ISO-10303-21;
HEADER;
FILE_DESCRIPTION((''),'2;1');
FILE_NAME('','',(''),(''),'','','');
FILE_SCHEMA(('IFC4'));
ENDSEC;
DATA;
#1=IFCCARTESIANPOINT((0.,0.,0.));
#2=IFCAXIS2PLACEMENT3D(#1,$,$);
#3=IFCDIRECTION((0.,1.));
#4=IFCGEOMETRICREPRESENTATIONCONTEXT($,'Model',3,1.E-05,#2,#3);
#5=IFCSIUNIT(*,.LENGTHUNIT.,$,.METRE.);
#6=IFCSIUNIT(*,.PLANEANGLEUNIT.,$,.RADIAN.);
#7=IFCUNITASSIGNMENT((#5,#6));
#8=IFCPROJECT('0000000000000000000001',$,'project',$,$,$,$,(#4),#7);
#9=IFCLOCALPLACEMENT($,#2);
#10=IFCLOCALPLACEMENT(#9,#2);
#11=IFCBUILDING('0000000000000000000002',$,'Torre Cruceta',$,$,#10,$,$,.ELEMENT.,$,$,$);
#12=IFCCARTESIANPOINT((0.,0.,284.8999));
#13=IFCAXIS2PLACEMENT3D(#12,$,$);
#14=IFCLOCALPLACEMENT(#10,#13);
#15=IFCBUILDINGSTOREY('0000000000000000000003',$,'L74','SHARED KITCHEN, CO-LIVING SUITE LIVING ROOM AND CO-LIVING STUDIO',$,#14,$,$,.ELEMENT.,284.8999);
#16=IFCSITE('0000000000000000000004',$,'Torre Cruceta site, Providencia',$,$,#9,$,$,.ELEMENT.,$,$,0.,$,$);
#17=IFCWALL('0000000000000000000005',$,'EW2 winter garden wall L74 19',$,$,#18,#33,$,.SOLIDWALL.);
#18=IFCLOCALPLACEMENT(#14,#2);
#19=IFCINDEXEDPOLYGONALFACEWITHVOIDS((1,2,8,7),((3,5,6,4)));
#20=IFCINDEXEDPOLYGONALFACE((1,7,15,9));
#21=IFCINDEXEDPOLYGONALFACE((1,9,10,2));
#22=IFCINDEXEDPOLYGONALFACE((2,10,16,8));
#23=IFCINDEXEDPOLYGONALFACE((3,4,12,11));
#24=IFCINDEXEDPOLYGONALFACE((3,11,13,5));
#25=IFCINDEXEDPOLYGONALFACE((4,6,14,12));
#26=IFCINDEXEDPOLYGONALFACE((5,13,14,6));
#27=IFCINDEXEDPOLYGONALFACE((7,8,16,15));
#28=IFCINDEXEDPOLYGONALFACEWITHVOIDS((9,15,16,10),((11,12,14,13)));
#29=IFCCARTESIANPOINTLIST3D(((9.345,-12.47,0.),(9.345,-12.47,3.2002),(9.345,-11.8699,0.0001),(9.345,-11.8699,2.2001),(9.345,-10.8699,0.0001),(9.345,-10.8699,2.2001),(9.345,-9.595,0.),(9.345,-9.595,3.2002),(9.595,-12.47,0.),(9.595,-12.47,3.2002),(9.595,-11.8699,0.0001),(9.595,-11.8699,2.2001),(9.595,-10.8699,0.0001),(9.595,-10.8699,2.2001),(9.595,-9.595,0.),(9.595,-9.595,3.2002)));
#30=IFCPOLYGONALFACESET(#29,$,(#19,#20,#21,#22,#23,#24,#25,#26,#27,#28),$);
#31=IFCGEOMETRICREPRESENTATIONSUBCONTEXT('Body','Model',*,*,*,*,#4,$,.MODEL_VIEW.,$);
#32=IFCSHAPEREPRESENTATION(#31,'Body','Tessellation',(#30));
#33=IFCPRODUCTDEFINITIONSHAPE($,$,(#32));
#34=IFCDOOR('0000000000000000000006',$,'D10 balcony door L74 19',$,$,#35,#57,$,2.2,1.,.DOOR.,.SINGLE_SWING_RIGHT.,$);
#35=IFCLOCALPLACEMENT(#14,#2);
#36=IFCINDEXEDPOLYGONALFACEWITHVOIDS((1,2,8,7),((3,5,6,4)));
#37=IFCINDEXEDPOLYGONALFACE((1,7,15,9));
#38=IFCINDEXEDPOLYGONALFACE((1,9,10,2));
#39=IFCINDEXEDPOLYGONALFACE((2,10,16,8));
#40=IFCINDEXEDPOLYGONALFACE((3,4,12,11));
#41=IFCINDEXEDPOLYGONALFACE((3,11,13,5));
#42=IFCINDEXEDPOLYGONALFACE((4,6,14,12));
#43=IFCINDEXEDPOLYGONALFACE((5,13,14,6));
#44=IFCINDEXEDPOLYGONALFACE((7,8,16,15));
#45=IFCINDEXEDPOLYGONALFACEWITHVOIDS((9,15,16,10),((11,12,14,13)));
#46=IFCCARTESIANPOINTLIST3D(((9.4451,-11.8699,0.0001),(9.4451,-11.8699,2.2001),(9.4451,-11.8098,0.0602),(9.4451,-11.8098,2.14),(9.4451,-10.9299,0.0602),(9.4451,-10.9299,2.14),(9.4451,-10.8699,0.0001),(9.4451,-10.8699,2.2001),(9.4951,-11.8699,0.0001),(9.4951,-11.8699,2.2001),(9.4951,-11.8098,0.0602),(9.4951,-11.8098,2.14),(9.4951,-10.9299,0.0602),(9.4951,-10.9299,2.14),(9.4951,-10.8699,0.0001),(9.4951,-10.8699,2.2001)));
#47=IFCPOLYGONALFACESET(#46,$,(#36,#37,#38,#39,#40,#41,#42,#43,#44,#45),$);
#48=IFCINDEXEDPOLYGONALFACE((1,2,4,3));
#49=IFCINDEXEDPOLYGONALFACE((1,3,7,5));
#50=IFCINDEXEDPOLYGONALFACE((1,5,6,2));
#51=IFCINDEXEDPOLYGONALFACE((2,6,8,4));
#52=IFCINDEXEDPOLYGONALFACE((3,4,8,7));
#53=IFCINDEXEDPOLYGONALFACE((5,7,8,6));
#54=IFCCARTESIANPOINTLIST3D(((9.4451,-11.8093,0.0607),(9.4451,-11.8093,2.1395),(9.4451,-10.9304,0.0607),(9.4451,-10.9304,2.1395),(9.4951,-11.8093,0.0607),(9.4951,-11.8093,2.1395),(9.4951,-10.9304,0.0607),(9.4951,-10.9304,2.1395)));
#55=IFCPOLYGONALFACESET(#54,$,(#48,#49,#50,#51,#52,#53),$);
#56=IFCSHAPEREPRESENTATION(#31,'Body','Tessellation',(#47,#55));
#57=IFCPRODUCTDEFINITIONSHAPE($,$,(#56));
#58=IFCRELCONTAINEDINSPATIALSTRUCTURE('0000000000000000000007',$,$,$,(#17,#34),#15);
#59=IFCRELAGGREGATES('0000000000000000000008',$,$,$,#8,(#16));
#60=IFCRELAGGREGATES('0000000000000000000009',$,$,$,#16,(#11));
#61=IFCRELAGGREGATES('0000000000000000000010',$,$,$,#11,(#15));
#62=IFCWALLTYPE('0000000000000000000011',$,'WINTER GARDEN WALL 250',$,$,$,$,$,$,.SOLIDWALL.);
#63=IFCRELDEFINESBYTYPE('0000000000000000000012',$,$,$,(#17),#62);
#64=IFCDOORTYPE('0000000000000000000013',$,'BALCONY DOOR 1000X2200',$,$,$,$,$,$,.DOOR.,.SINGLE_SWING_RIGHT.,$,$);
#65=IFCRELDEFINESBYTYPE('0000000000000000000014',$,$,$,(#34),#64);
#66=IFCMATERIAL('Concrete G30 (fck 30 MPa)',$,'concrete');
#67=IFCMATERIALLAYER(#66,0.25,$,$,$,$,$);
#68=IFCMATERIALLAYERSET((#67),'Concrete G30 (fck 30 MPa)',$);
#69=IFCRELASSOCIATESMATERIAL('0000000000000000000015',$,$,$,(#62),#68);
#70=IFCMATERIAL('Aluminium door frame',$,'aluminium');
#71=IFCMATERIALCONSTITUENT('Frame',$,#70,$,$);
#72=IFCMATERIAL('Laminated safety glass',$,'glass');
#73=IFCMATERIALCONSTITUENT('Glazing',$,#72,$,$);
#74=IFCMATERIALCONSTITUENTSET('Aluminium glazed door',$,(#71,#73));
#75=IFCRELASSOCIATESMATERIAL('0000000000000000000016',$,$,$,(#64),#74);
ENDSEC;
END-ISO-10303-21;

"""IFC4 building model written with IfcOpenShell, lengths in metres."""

from ifc_helpers import new_model, si_unit, direction, frame, frame_2d, origin, place, context, subcontext, project, spatial, rectangle, hollow_rectangle, extrude, material, layer, layer_set, constituent, constituent_set, type_object, element, fill, save


model = new_model("IFC4")

# Units and contexts
model_context = context("Model", 3, precision=1e-05, world=origin(), true_north=direction((0.0, 1.0)))
body_context = subcontext(model_context, "Body", "Model", "MODEL_VIEW")
ifc_project = project(units=[si_unit("LENGTHUNIT", "METRE"), si_unit("PLANEANGLEUNIT", "RADIAN")], contexts=[model_context])

# Site, building, storey
site_placement = place(None, origin())
site = spatial("IfcSite", under=ifc_project, at=site_placement, Name="Torre Cruceta site, Providencia", CompositionType="ELEMENT", RefElevation=0.0)
building_placement = place(site_placement, origin())
building = spatial("IfcBuilding", under=site, at=building_placement, Name="Torre Cruceta", CompositionType="ELEMENT")
storey_placement = place(building_placement, frame((0.0, 0.0, 284.8999)))
storey = spatial("IfcBuildingStorey", under=building, at=storey_placement, Name="L74", Description="SHARED KITCHEN, CO-LIVING SUITE LIVING ROOM AND CO-LIVING STUDIO", CompositionType="ELEMENT", Elevation=284.8999)

# Wall, opening, door
ifc_material_1 = material(Name="Concrete G30 (fck 30 MPa)", Category="concrete")
ifc_layer_1 = layer(ifc_material_1, 0.25)
ifc_layer_set_1 = layer_set([ifc_layer_1], Name="Concrete G30 (fck 30 MPa)")
wall_type_1 = type_object("IfcWallType", Name="WINTER GARDEN WALL 250", PredefinedType="SOLIDWALL", material=ifc_layer_set_1)
ifc_material_2 = material(Name="Aluminium door frame", Category="aluminium")
ifc_constituent_1 = constituent(ifc_material_2, Name="Frame")
ifc_material_3 = material(Name="Laminated safety glass", Category="glass")
ifc_constituent_2 = constituent(ifc_material_3, Name="Glazing")
ifc_constituent_set_1 = constituent_set(constituents=[ifc_constituent_1, ifc_constituent_2], Name="Aluminium glazed door")
door_type_1 = type_object("IfcDoorType", Name="BALCONY DOOR 1000X2200", OperationType="SINGLE_SWING_RIGHT", PredefinedType="DOOR", material=ifc_constituent_set_1)
wall_1_placement = place(storey_placement, frame((9.47, -12.47, 0.0), z_axis=(0.0, 0.0, 1.0), x_axis=(0.0, 1.0, 0.0)))
wall_1 = element("IfcWall", 1, at=wall_1_placement, inside=storey, type_object=wall_type_1, Name="EW2 winter garden wall L74 19", PredefinedType="SOLIDWALL", context=body_context, shape_type="SweptSolid", body=[
    extrude(rectangle(XDim=2.875, YDim=0.25, at=frame_2d((1.4375, 0.0))), origin(), (0.0, 0.0, 1.0), 3.2002),
])
opening_1_placement = place(wall_1_placement, frame((0.6001, 0.0, 0.0)))
opening_1 = element("IfcOpeningElement", 2, at=opening_1_placement, cuts=wall_1, PredefinedType="OPENING", context=body_context, shape_type="SweptSolid", body=[
    extrude(rectangle(XDim=1.0, YDim=2.2, at=frame_2d((0.5, 1.1001))), frame((0.0, 0.135, 0.0), z_axis=(0.0, -1.0, 0.0), x_axis=(1.0, 0.0, 0.0)), (0.0, 0.0, 1.0), 0.27),
])
door_1_placement = place(opening_1_placement, origin())
door_1 = element("IfcDoor", 3, at=door_1_placement, inside=storey, type_object=door_type_1, Name="D10 balcony door L74 19", OperationType="SINGLE_SWING_RIGHT", OverallHeight=2.2, OverallWidth=1.0, PredefinedType="DOOR", context=body_context, shape_type="SweptSolid", body=[
    extrude(hollow_rectangle(XDim=1.0, YDim=2.2, WallThickness=0.0601, at=frame_2d((0.5, 1.1001))), frame((0.0, 0.0249, 0.0), z_axis=(0.0, -1.0, 0.0), x_axis=(1.0, 0.0, 0.0)), (0.0, 0.0, 1.0), 0.05),
    extrude(rectangle(XDim=0.8789, YDim=2.0789, at=frame_2d((0.5, 1.1001))), frame((0.0, 0.0249, 0.0), z_axis=(0.0, -1.0, 0.0), x_axis=(1.0, 0.0, 0.0)), (0.0, 0.0, 1.0), 0.05),
])
fill(opening_1, door_1)

save(model, "model.ifc")
